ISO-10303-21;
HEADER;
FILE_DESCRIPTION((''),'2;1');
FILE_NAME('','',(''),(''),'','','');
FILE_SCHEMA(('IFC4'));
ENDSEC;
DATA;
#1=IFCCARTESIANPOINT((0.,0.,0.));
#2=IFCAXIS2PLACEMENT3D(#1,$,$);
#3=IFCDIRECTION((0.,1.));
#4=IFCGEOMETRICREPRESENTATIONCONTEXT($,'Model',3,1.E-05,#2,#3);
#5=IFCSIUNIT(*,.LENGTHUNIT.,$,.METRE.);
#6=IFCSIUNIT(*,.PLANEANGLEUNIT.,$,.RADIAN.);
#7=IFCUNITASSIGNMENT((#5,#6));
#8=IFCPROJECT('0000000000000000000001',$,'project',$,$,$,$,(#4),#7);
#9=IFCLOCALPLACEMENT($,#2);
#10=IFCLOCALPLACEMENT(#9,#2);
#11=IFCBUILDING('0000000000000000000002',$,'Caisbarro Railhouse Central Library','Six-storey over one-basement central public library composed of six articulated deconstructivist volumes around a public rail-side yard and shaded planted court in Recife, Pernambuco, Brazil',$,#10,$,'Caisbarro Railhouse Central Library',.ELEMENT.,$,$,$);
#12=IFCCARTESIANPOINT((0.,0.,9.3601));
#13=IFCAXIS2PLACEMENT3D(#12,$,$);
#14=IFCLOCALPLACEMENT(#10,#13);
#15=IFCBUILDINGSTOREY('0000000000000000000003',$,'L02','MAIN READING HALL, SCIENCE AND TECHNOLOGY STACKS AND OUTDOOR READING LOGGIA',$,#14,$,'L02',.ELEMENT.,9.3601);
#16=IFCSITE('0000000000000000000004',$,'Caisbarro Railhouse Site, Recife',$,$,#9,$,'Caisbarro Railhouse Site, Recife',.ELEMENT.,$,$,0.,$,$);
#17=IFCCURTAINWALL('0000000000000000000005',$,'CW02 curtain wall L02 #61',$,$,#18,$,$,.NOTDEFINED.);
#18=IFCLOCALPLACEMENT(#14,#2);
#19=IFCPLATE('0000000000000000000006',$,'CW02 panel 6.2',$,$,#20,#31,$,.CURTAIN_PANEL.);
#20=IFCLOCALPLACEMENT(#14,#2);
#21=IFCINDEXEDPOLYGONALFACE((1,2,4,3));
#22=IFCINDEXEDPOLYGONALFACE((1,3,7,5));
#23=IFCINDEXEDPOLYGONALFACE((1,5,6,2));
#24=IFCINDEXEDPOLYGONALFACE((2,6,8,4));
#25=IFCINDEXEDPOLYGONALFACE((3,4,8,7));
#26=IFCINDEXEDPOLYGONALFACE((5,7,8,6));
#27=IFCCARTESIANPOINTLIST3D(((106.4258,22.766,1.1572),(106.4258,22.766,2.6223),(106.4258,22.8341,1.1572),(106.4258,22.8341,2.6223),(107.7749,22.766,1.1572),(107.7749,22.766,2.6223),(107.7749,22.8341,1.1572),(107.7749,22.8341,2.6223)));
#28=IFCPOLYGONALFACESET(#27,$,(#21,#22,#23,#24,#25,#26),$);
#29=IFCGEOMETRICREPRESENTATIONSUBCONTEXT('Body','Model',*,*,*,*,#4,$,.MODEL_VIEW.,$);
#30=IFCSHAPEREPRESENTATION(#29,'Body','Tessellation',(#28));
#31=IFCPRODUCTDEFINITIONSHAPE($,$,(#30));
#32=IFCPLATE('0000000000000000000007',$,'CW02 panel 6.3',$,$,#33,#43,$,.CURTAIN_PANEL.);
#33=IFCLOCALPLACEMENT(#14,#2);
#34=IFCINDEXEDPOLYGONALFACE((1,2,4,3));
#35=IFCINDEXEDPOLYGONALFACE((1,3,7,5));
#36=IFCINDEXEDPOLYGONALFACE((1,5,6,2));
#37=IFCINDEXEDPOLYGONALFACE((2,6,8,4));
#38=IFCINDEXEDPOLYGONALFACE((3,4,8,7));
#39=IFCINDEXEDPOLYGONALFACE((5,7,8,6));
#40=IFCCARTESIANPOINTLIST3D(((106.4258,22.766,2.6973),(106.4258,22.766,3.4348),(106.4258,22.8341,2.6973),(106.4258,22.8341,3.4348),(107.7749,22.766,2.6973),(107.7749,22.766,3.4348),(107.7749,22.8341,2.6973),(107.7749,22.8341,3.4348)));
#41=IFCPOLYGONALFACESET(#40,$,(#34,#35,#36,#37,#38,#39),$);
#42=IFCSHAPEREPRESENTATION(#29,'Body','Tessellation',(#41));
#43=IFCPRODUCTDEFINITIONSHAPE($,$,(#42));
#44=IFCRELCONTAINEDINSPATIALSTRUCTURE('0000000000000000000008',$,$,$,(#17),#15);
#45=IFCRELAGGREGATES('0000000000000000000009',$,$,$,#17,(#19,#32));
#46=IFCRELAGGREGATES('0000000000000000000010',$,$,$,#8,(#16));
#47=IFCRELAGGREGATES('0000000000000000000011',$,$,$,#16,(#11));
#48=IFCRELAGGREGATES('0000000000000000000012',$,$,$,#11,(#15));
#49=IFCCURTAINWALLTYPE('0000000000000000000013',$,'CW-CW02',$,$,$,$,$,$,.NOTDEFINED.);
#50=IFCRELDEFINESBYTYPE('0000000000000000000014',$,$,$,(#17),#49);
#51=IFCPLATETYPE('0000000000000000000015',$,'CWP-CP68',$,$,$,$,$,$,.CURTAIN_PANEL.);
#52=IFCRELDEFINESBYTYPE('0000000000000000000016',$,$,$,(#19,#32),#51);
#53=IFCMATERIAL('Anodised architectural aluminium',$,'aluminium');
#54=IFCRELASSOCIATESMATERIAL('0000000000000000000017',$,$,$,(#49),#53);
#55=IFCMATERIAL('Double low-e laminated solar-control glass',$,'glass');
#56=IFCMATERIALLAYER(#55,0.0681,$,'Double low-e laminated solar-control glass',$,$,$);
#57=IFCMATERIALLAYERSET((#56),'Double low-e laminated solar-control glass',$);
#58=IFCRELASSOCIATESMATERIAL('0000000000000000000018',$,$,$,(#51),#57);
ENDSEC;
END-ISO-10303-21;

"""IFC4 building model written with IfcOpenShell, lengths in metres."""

from ifc_helpers import new_model, si_unit, direction, frame, origin, origin_2d, place, context, subcontext, project, spatial, rectangle, extrude, material, layer, layer_set, type_object, element, aggregate, save


model = new_model("IFC4")

# Units and contexts
model_context = context("Model", 3, precision=1e-05, world=origin(), true_north=direction((0.0, 1.0)))
body_context = subcontext(model_context, "Body", "Model", "MODEL_VIEW")
ifc_project = project(units=[si_unit("LENGTHUNIT", "METRE"), si_unit("PLANEANGLEUNIT", "RADIAN")], contexts=[model_context])

# Site, building, storey
site_placement = place(None, origin())
site = spatial("IfcSite", under=ifc_project, at=site_placement, Name="Caisbarro Railhouse Site, Recife", LongName="Caisbarro Railhouse Site, Recife", CompositionType="ELEMENT", RefElevation=0.0)
building_placement = place(site_placement, origin())
building = spatial("IfcBuilding", under=site, at=building_placement, Name="Caisbarro Railhouse Central Library", Description="Six-storey over one-basement central public library composed of six articulated deconstructivist volumes around a public rail-side yard and shaded planted court in Recife, Pernambuco, Brazil", LongName="Caisbarro Railhouse Central Library", CompositionType="ELEMENT")
storey_placement = place(building_placement, frame((0.0, 0.0, 9.3601)))
storey = spatial("IfcBuildingStorey", under=building, at=storey_placement, Name="L02", Description="MAIN READING HALL, SCIENCE AND TECHNOLOGY STACKS AND OUTDOOR READING LOGGIA", LongName="L02", CompositionType="ELEMENT", Elevation=9.3601)

# Shared definitions
ifc_material_1 = material(Name="Anodised architectural aluminium", Category="aluminium")
curtain_wall_type = type_object("IfcCurtainWallType", Name="CW-CW02", PredefinedType="NOTDEFINED", material=ifc_material_1)

# Curtain wall
curtain_wall_1_placement = place(storey_placement, origin())
curtain_wall_1 = element("IfcCurtainWall", 1, at=curtain_wall_1_placement, inside=storey, type_object=curtain_wall_type, Name="CW02 curtain wall L02 #61", PredefinedType="NOTDEFINED")

# Plates
ifc_material_2 = material(Name="Double low-e laminated solar-control glass", Category="glass")
ifc_layer_1 = layer(ifc_material_2, 0.0681, Name="Double low-e laminated solar-control glass")
ifc_layer_set_1 = layer_set([ifc_layer_1], Name="Double low-e laminated solar-control glass")
plate_type_1 = type_object("IfcPlateType", Name="CWP-CP68", PredefinedType="CURTAIN_PANEL", material=ifc_layer_set_1)
plate_1_placement = place(storey_placement, frame((107.1003, 22.8, 1.1572), z_axis=(0.0, 0.0, 1.0), x_axis=(1.0, 0.0, 0.0)))
plate_1 = element("IfcPlate", 2, at=plate_1_placement, type_object=plate_type_1, Name="CW02 panel 6.2", PredefinedType="CURTAIN_PANEL", context=body_context, shape_type="SweptSolid", body=[
    extrude(rectangle(XDim=1.3491, YDim=0.0681, at=origin_2d()), origin(), (0.0, 0.0, 1.0), 1.4651),
])
plate_2_placement = place(storey_placement, frame((107.1003, 22.8, 2.6973), z_axis=(0.0, 0.0, 1.0), x_axis=(1.0, 0.0, 0.0)))
plate_2 = element("IfcPlate", 3, at=plate_2_placement, type_object=plate_type_1, Name="CW02 panel 6.3", PredefinedType="CURTAIN_PANEL", context=body_context, shape_type="SweptSolid", body=[
    extrude(rectangle(XDim=1.3491, YDim=0.0681, at=origin_2d()), origin(), (0.0, 0.0, 1.0), 0.7375),
])
aggregate(curtain_wall_1, [plate_1, plate_2])

save(model, "model.ifc")
